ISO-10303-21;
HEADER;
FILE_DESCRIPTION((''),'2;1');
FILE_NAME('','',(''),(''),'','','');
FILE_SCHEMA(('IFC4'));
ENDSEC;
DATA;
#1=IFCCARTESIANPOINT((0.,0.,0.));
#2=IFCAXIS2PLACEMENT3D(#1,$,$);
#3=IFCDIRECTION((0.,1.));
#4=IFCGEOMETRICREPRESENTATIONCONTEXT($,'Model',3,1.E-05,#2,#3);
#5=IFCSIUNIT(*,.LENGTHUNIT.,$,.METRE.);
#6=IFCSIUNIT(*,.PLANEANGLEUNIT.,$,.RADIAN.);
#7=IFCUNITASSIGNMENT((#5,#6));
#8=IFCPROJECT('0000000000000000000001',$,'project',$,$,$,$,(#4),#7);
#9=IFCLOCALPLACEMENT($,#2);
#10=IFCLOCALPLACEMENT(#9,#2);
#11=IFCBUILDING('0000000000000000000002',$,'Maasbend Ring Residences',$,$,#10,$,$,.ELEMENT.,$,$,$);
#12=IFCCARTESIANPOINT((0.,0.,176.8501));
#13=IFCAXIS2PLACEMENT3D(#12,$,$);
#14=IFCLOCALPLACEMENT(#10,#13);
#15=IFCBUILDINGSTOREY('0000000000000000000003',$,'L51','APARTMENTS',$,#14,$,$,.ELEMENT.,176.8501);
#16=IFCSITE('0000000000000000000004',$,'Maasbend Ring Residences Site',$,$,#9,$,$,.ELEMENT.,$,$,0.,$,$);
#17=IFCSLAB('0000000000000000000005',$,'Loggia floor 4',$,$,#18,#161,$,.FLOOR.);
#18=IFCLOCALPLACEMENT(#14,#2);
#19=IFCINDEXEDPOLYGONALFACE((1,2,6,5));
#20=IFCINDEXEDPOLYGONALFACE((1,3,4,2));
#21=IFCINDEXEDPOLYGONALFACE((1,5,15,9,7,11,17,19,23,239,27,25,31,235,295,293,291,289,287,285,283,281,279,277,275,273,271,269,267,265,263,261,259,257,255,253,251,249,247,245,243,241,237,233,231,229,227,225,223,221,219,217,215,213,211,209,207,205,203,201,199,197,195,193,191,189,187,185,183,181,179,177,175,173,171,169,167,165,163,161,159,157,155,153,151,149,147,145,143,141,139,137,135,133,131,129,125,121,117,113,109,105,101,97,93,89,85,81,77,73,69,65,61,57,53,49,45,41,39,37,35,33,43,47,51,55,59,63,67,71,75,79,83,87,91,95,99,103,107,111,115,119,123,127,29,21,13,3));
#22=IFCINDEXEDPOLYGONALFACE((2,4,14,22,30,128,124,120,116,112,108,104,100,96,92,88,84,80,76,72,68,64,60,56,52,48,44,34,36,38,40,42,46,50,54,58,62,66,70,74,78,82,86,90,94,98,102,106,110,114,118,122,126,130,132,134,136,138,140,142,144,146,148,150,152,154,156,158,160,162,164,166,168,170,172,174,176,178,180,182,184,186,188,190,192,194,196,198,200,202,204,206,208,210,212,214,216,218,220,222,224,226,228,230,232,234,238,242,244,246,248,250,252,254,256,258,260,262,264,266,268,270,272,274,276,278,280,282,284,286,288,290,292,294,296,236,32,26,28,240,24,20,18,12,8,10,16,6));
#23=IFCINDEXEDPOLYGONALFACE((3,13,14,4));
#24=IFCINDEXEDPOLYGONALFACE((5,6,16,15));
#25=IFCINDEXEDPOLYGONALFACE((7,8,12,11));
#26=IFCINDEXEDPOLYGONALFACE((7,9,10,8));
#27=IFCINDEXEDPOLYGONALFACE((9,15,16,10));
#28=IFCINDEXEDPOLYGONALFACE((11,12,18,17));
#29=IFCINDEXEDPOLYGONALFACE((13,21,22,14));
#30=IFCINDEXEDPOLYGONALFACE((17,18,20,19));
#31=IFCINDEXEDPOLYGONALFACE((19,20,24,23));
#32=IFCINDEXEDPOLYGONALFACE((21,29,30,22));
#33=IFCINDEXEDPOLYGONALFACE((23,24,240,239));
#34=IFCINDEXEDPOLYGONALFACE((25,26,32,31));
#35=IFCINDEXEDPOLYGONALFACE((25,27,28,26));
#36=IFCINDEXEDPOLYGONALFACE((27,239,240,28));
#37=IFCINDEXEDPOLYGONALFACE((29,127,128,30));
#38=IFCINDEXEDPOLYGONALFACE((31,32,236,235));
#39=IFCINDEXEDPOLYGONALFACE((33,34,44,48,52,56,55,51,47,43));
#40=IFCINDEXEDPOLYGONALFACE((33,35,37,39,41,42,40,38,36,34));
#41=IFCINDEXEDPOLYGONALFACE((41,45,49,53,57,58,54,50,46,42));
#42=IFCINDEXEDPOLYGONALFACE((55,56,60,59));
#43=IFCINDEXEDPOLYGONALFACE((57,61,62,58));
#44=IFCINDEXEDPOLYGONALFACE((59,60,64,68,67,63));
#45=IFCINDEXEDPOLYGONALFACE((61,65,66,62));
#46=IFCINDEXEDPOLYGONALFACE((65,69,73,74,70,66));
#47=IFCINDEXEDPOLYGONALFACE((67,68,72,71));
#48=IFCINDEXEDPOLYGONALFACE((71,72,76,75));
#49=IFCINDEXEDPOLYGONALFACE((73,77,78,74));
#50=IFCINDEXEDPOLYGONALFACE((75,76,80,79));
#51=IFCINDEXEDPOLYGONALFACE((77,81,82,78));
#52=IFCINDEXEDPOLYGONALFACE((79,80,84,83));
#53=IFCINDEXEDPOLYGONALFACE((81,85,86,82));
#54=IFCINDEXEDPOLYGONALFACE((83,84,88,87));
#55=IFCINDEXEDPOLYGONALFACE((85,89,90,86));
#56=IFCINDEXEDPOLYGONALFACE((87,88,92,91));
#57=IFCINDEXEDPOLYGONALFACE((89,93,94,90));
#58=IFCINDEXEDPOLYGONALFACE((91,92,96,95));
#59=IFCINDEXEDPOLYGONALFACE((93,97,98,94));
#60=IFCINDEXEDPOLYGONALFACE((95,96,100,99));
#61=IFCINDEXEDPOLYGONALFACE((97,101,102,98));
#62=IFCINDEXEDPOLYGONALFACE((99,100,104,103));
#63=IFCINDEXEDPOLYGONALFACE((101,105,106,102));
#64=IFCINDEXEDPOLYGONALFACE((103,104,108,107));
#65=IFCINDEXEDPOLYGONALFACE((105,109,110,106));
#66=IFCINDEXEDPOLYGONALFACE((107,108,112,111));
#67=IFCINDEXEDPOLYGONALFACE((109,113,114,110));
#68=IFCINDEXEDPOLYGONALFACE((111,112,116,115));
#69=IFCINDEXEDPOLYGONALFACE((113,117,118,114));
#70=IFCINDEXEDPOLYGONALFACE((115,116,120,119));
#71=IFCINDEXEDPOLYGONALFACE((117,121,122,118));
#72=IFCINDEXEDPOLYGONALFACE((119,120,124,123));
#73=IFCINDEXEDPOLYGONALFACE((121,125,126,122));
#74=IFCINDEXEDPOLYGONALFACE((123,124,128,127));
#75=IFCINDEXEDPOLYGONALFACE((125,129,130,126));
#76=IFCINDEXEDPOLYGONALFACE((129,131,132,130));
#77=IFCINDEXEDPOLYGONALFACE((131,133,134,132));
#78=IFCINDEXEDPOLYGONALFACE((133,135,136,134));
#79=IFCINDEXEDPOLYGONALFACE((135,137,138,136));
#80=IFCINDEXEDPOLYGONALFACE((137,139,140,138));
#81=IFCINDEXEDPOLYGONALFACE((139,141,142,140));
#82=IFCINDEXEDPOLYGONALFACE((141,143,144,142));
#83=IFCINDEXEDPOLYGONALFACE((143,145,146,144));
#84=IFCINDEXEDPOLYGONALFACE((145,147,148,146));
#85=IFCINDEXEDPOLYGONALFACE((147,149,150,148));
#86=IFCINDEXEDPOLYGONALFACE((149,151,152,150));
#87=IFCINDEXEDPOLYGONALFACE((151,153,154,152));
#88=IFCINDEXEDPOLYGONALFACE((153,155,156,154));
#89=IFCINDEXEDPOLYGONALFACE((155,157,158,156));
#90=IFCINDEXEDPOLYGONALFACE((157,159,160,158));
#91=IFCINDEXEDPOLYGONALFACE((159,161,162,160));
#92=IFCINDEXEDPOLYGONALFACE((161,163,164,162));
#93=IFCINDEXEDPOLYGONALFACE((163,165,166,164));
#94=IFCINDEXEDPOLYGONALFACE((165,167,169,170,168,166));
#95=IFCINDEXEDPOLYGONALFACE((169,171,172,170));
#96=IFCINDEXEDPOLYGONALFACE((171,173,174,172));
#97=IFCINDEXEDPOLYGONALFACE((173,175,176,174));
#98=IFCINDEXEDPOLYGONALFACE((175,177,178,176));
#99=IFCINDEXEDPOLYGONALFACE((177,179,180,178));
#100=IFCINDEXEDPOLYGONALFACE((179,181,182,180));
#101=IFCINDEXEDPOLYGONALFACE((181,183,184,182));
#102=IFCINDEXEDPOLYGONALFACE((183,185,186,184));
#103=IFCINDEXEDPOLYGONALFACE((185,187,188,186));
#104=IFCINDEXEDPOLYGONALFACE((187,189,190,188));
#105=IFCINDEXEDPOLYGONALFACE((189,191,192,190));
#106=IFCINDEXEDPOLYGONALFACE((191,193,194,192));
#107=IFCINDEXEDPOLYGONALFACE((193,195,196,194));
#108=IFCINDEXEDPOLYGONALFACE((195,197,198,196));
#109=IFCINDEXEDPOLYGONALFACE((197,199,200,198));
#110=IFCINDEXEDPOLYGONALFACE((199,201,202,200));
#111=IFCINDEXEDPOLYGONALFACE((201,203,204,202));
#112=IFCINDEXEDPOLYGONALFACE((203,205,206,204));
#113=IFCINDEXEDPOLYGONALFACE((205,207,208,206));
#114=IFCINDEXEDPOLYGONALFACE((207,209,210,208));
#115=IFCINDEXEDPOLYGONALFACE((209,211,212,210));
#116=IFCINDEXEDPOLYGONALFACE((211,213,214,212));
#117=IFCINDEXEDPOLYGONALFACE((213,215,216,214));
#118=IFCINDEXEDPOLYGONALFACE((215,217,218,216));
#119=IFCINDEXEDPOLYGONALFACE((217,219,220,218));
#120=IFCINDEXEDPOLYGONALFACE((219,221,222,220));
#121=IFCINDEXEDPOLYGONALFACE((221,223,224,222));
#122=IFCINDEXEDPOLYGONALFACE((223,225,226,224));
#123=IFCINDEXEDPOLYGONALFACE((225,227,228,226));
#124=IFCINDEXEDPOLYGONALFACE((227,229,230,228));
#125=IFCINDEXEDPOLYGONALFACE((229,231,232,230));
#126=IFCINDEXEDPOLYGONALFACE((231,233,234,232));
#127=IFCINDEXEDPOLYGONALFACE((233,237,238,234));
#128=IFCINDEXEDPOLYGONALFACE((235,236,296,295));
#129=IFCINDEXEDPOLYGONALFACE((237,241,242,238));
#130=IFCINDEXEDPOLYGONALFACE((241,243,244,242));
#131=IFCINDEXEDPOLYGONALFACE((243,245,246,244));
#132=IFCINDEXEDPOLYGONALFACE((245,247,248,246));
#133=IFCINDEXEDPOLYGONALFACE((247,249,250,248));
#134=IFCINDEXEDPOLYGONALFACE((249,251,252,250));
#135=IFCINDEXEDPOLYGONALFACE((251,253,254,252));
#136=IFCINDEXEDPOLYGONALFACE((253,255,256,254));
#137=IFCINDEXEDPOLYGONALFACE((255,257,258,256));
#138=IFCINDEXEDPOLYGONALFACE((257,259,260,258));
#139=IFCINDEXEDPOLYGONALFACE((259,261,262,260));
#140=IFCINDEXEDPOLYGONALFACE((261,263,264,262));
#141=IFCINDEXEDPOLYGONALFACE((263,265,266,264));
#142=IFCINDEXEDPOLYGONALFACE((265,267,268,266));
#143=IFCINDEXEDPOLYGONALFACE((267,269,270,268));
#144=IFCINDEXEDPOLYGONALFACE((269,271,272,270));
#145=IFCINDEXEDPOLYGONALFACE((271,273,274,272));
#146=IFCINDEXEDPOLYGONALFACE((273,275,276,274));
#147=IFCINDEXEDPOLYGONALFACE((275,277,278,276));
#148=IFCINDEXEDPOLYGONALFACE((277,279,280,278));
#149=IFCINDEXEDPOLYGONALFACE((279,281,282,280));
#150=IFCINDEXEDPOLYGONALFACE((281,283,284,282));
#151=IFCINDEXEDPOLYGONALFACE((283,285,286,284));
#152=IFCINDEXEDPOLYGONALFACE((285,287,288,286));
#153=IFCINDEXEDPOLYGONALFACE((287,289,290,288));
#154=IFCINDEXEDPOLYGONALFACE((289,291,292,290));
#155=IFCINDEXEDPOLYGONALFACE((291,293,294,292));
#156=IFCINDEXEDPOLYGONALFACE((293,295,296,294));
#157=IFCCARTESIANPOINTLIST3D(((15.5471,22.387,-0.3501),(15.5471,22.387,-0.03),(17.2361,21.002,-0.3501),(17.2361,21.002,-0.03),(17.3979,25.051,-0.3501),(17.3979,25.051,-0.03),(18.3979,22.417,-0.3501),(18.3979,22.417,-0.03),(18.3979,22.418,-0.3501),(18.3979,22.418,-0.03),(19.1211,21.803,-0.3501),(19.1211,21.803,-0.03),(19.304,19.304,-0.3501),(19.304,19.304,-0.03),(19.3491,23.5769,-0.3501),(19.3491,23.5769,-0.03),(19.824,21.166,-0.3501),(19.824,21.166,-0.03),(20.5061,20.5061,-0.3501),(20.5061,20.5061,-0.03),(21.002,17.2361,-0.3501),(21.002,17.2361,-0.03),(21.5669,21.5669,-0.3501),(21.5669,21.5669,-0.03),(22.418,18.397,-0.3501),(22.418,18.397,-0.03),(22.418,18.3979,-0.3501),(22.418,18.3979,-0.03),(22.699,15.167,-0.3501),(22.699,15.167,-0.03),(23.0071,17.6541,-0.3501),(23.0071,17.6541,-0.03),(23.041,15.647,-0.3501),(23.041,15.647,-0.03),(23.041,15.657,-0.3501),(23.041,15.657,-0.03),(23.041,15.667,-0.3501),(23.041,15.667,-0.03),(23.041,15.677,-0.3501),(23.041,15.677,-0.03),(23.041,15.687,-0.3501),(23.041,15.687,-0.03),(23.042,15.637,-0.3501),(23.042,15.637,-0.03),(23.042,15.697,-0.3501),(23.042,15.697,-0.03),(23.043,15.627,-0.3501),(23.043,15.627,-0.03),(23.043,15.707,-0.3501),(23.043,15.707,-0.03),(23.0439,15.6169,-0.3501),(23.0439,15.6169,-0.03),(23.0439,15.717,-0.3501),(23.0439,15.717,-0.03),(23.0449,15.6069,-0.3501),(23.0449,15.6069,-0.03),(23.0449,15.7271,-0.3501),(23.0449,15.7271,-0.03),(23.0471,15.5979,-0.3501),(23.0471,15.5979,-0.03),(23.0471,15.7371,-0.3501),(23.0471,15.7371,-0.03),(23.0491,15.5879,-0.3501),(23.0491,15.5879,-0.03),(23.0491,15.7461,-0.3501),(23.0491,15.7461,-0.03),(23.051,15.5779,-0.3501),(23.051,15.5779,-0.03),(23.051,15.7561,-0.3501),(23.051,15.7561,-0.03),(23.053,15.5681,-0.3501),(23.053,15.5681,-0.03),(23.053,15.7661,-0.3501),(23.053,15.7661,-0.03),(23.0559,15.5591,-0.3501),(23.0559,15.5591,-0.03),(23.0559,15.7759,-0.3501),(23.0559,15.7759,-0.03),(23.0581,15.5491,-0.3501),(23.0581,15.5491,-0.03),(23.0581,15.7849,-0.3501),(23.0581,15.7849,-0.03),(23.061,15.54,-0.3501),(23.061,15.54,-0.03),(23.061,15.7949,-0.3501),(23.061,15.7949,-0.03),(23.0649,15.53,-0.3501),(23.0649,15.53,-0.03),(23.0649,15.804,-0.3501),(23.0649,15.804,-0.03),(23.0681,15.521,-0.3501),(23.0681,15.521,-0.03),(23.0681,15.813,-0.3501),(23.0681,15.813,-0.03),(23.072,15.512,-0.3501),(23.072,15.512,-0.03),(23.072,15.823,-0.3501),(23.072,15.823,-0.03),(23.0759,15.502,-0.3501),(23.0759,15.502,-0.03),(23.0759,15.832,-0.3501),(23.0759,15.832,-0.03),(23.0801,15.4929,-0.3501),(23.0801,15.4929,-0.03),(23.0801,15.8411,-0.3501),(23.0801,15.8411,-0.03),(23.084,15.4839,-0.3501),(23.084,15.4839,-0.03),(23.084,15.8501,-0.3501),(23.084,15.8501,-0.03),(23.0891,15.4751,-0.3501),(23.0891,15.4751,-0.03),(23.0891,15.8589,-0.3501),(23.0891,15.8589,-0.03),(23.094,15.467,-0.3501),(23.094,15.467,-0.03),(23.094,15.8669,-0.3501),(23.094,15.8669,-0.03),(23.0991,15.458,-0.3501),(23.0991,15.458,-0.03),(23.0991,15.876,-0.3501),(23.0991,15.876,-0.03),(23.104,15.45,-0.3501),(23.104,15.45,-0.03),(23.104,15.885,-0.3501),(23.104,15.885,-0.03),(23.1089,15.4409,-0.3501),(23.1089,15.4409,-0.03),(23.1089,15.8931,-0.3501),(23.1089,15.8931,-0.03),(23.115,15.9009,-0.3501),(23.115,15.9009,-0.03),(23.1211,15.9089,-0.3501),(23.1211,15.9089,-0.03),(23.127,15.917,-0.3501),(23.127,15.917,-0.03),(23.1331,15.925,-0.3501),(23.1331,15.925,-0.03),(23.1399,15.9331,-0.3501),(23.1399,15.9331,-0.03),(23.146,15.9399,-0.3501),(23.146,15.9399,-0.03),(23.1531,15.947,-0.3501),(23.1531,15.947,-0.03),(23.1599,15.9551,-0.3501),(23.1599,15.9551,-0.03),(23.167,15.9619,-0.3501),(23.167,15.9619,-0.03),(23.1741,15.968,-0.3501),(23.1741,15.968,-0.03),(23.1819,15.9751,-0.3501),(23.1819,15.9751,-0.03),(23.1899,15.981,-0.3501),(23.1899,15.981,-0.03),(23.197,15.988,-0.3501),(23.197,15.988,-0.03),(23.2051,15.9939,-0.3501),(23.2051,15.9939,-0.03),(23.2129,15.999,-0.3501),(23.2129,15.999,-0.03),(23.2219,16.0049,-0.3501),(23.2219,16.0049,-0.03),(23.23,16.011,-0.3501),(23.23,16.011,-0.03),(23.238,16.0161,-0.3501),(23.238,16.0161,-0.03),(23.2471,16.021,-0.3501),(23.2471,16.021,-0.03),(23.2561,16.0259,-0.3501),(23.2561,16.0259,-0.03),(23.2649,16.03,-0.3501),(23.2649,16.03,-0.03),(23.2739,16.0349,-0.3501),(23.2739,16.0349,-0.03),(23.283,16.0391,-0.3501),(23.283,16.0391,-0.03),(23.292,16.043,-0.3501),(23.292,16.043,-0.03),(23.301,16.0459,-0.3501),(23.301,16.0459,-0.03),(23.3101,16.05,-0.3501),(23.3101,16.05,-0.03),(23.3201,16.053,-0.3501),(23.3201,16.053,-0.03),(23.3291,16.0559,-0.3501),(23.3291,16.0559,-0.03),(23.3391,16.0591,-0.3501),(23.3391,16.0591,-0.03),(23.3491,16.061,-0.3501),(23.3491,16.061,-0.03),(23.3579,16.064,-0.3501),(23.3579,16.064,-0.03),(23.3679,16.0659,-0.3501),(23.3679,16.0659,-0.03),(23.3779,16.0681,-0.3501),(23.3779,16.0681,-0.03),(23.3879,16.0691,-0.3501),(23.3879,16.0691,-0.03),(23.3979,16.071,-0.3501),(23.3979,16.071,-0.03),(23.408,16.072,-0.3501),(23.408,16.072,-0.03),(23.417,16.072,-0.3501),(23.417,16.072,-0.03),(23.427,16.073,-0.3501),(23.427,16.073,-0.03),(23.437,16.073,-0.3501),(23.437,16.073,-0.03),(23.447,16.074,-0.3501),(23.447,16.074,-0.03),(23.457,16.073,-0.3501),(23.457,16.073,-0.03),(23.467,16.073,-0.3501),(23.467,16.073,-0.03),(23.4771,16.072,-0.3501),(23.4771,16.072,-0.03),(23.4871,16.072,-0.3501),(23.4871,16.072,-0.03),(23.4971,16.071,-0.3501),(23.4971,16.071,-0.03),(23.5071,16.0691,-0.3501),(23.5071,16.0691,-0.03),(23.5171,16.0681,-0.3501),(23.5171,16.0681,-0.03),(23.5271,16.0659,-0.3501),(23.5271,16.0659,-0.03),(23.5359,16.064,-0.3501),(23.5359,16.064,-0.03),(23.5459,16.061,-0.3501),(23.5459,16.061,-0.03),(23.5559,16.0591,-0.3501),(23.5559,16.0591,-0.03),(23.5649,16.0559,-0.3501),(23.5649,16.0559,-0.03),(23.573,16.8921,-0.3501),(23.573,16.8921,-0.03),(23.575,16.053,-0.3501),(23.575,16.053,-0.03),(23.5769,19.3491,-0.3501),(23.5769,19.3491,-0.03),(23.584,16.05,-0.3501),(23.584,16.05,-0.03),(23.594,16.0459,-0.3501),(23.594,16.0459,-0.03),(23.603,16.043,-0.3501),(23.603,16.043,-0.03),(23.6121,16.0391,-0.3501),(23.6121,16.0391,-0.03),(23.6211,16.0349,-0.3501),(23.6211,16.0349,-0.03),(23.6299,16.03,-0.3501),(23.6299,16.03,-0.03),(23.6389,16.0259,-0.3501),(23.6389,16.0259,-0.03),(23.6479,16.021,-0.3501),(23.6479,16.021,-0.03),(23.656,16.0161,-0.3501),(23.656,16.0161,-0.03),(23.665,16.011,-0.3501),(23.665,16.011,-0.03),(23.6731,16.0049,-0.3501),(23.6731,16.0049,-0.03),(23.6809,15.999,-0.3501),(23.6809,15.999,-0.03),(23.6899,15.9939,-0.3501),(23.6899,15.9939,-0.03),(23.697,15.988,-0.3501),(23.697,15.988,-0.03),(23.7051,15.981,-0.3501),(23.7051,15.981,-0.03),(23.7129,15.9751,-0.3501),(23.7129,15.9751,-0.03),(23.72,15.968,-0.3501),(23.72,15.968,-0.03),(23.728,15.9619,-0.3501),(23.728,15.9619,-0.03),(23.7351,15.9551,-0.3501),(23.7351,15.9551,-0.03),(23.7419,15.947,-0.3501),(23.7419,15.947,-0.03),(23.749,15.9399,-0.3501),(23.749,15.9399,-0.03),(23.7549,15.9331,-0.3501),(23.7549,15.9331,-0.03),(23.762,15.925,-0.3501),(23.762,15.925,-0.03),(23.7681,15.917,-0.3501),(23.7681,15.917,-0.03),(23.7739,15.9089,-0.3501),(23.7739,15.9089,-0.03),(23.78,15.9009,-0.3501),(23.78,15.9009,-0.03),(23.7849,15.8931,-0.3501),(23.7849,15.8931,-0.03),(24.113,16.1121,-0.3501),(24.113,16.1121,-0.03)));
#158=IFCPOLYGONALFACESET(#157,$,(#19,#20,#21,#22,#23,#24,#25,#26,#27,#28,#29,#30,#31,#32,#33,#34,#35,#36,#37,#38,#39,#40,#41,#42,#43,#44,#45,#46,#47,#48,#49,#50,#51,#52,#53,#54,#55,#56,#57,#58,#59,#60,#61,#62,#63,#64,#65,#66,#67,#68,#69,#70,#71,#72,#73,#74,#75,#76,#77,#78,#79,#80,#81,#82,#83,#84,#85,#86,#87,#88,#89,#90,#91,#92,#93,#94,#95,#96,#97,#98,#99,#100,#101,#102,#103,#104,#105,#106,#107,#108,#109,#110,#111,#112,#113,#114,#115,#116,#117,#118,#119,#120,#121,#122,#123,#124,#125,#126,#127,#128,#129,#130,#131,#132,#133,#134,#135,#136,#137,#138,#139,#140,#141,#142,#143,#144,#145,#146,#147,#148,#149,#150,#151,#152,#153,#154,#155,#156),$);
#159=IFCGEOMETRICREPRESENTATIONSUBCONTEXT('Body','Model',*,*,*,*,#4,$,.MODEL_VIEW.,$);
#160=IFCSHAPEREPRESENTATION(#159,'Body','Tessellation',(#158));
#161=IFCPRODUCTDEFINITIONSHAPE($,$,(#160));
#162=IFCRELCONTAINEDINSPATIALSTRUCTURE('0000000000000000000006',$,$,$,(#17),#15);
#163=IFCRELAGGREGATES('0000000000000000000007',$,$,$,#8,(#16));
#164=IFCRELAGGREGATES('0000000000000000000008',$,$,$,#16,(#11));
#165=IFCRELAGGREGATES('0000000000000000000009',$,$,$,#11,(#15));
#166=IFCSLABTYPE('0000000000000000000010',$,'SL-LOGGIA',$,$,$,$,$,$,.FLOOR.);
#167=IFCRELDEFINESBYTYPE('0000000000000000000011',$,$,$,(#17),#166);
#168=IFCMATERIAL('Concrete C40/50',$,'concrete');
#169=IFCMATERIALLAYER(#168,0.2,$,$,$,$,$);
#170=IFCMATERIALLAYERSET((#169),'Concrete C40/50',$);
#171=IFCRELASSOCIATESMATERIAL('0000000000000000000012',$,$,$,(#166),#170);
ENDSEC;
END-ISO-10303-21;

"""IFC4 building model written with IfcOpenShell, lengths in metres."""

from ifc_helpers import new_model, si_unit, direction, frame, origin, place, context, subcontext, project, spatial, polyline, outline, extrude, material, layer, layer_set, type_object, element, save


model = new_model("IFC4")

# Units and contexts
model_context = context("Model", 3, precision=1e-05, world=origin(), true_north=direction((0.0, 1.0)))
body_context = subcontext(model_context, "Body", "Model", "MODEL_VIEW")
ifc_project = project(units=[si_unit("LENGTHUNIT", "METRE"), si_unit("PLANEANGLEUNIT", "RADIAN")], contexts=[model_context])

# Site, building, storey
site_placement = place(None, origin())
site = spatial("IfcSite", under=ifc_project, at=site_placement, Name="Maasbend Ring Residences Site", CompositionType="ELEMENT", RefElevation=0.0)
building_placement = place(site_placement, origin())
building = spatial("IfcBuilding", under=site, at=building_placement, Name="Maasbend Ring Residences", CompositionType="ELEMENT")
storey_placement = place(building_placement, frame((0.0, 0.0, 176.8501)))
storey = spatial("IfcBuildingStorey", under=building, at=storey_placement, Name="L51", Description="APARTMENTS", CompositionType="ELEMENT", Elevation=176.8501)

# Slab
ifc_material_1 = material(Name="Concrete C40/50", Category="concrete")
ifc_layer_1 = layer(ifc_material_1, 0.2)
ifc_layer_set_1 = layer_set([ifc_layer_1], Name="Concrete C40/50")
slab_type_1 = type_object("IfcSlabType", Name="SL-LOGGIA", PredefinedType="FLOOR", material=ifc_layer_set_1)
slab_1_placement = place(storey_placement, frame((0.0, 0.0, -0.3501)))
element("IfcSlab", 1, at=slab_1_placement, inside=storey, type_object=slab_type_1, Name="Loggia floor 4", PredefinedType="FLOOR", context=body_context, shape_type="SweptSolid", body=[
    extrude(outline(polyline([(19.3491, 23.5769), (19.3491, 23.5769), (19.3491, 23.5769), (18.3979, 22.418), (18.3979, 22.418), (18.3979, 22.418), (18.3979, 22.418), (18.3979, 22.418), (18.3979, 22.417), (18.3979, 22.417), (18.3979, 22.417), (18.3979, 22.417), (18.3979, 22.417), (18.3979, 22.417), (18.3979, 22.417), (18.3979, 22.417), (18.3979, 22.417), (18.3979, 22.417), (18.3979, 22.417), (18.3979, 22.417), (19.1211, 21.803), (19.1211, 21.803), (19.824, 21.166), (19.824, 21.166), (20.5061, 20.5061), (20.5061, 20.5061), (20.5061, 20.5061), (20.5061, 20.5061), (20.5061, 20.5061), (20.5061, 20.5061), (20.5061, 20.5061), (20.5061, 20.5061), (20.5061, 20.5061), (20.5061, 20.5061), (20.5061, 20.5061), (20.5061, 20.5061), (20.5061, 20.5061), (20.5061, 20.5061), (20.5061, 20.5061), (20.5061, 20.5061), (20.5061, 20.5061), (21.5669, 21.5669), (21.5669, 21.5669), (21.5669, 21.5669), (23.5769, 19.3491), (23.5769, 19.3491), (23.5769, 19.3491), (22.418, 18.3979), (22.418, 18.3979), (22.418, 18.3979), (22.418, 18.3979), (22.418, 18.3979), (22.418, 18.3979), (22.418, 18.397), (22.418, 18.397), (22.418, 18.397), (22.418, 18.397), (22.418, 18.397), (22.418, 18.397), (22.418, 18.397), (22.418, 18.397), (22.418, 18.397), (22.418, 18.397), (22.418, 18.397), (23.0071, 17.6541), (23.0071, 17.6541), (23.573, 16.8921), (23.573, 16.8921), (24.113, 16.1121), (24.113, 16.1121), (24.113, 16.1121), (23.7849, 15.8931), (23.7849, 15.8931), (23.78, 15.9009), (23.7739, 15.9089), (23.7681, 15.917), (23.762, 15.925), (23.7549, 15.9331), (23.749, 15.9399), (23.7419, 15.947), (23.7351, 15.9551), (23.728, 15.9619), (23.72, 15.968), (23.7129, 15.9751), (23.7051, 15.981), (23.697, 15.988), (23.6899, 15.9939), (23.6809, 15.999), (23.6731, 16.0049), (23.665, 16.011), (23.656, 16.0161), (23.6479, 16.021), (23.6389, 16.0259), (23.6299, 16.03), (23.6211, 16.0349), (23.6121, 16.0391), (23.603, 16.043), (23.594, 16.0459), (23.584, 16.05), (23.575, 16.053), (23.5649, 16.0559), (23.5559, 16.0591), (23.5459, 16.061), (23.5359, 16.064), (23.5271, 16.0659), (23.5171, 16.0681), (23.5071, 16.0691), (23.4971, 16.071), (23.4871, 16.072), (23.4771, 16.072), (23.467, 16.073), (23.457, 16.073), (23.447, 16.074), (23.437, 16.073), (23.427, 16.073), (23.417, 16.072), (23.408, 16.072), (23.3979, 16.071), (23.3879, 16.0691), (23.3779, 16.0681), (23.3679, 16.0659), (23.3579, 16.064), (23.3491, 16.061), (23.3391, 16.0591), (23.3291, 16.0559), (23.3201, 16.053), (23.3101, 16.05), (23.301, 16.0459), (23.292, 16.043), (23.283, 16.0391), (23.2739, 16.0349), (23.2649, 16.03), (23.2561, 16.0259), (23.2471, 16.021), (23.238, 16.0161), (23.23, 16.011), (23.2219, 16.0049), (23.2129, 15.999), (23.2051, 15.9939), (23.197, 15.988), (23.1899, 15.981), (23.1819, 15.9751), (23.1741, 15.968), (23.167, 15.9619), (23.1599, 15.9551), (23.1531, 15.947), (23.146, 15.9399), (23.1399, 15.9331), (23.1331, 15.925), (23.127, 15.917), (23.1211, 15.9089), (23.115, 15.9009), (23.1089, 15.8931), (23.104, 15.885), (23.0991, 15.876), (23.094, 15.8669), (23.0891, 15.8589), (23.084, 15.8501), (23.0801, 15.8411), (23.0759, 15.832), (23.072, 15.823), (23.0681, 15.813), (23.0649, 15.804), (23.061, 15.7949), (23.0581, 15.7849), (23.0559, 15.7759), (23.053, 15.7661), (23.051, 15.7561), (23.0491, 15.7461), (23.0471, 15.7371), (23.0449, 15.7271), (23.0439, 15.717), (23.043, 15.707), (23.042, 15.697), (23.041, 15.687), (23.041, 15.677), (23.041, 15.667), (23.041, 15.657), (23.041, 15.647), (23.042, 15.637), (23.043, 15.627), (23.0439, 15.6169), (23.0449, 15.6069), (23.0471, 15.5979), (23.0491, 15.5879), (23.051, 15.5779), (23.053, 15.5681), (23.0559, 15.5591), (23.0581, 15.5491), (23.061, 15.54), (23.0649, 15.53), (23.0681, 15.521), (23.072, 15.512), (23.0759, 15.502), (23.0801, 15.4929), (23.084, 15.4839), (23.0891, 15.4751), (23.094, 15.467), (23.0991, 15.458), (23.104, 15.45), (23.1089, 15.4409), (23.1089, 15.4409), (22.699, 15.167), (22.699, 15.167), (22.699, 15.167), (21.002, 17.2361), (19.304, 19.304), (19.304, 19.304), (19.304, 19.304), (17.2361, 21.002), (15.5471, 22.387), (15.5471, 22.387), (15.5471, 22.387), (17.3979, 25.051), (17.3979, 25.051), (17.3979, 25.051), (19.3491, 23.5769)])), origin(), (0.0, 0.0, 1.0), 0.3201),
])

save(model, "model.ifc")
